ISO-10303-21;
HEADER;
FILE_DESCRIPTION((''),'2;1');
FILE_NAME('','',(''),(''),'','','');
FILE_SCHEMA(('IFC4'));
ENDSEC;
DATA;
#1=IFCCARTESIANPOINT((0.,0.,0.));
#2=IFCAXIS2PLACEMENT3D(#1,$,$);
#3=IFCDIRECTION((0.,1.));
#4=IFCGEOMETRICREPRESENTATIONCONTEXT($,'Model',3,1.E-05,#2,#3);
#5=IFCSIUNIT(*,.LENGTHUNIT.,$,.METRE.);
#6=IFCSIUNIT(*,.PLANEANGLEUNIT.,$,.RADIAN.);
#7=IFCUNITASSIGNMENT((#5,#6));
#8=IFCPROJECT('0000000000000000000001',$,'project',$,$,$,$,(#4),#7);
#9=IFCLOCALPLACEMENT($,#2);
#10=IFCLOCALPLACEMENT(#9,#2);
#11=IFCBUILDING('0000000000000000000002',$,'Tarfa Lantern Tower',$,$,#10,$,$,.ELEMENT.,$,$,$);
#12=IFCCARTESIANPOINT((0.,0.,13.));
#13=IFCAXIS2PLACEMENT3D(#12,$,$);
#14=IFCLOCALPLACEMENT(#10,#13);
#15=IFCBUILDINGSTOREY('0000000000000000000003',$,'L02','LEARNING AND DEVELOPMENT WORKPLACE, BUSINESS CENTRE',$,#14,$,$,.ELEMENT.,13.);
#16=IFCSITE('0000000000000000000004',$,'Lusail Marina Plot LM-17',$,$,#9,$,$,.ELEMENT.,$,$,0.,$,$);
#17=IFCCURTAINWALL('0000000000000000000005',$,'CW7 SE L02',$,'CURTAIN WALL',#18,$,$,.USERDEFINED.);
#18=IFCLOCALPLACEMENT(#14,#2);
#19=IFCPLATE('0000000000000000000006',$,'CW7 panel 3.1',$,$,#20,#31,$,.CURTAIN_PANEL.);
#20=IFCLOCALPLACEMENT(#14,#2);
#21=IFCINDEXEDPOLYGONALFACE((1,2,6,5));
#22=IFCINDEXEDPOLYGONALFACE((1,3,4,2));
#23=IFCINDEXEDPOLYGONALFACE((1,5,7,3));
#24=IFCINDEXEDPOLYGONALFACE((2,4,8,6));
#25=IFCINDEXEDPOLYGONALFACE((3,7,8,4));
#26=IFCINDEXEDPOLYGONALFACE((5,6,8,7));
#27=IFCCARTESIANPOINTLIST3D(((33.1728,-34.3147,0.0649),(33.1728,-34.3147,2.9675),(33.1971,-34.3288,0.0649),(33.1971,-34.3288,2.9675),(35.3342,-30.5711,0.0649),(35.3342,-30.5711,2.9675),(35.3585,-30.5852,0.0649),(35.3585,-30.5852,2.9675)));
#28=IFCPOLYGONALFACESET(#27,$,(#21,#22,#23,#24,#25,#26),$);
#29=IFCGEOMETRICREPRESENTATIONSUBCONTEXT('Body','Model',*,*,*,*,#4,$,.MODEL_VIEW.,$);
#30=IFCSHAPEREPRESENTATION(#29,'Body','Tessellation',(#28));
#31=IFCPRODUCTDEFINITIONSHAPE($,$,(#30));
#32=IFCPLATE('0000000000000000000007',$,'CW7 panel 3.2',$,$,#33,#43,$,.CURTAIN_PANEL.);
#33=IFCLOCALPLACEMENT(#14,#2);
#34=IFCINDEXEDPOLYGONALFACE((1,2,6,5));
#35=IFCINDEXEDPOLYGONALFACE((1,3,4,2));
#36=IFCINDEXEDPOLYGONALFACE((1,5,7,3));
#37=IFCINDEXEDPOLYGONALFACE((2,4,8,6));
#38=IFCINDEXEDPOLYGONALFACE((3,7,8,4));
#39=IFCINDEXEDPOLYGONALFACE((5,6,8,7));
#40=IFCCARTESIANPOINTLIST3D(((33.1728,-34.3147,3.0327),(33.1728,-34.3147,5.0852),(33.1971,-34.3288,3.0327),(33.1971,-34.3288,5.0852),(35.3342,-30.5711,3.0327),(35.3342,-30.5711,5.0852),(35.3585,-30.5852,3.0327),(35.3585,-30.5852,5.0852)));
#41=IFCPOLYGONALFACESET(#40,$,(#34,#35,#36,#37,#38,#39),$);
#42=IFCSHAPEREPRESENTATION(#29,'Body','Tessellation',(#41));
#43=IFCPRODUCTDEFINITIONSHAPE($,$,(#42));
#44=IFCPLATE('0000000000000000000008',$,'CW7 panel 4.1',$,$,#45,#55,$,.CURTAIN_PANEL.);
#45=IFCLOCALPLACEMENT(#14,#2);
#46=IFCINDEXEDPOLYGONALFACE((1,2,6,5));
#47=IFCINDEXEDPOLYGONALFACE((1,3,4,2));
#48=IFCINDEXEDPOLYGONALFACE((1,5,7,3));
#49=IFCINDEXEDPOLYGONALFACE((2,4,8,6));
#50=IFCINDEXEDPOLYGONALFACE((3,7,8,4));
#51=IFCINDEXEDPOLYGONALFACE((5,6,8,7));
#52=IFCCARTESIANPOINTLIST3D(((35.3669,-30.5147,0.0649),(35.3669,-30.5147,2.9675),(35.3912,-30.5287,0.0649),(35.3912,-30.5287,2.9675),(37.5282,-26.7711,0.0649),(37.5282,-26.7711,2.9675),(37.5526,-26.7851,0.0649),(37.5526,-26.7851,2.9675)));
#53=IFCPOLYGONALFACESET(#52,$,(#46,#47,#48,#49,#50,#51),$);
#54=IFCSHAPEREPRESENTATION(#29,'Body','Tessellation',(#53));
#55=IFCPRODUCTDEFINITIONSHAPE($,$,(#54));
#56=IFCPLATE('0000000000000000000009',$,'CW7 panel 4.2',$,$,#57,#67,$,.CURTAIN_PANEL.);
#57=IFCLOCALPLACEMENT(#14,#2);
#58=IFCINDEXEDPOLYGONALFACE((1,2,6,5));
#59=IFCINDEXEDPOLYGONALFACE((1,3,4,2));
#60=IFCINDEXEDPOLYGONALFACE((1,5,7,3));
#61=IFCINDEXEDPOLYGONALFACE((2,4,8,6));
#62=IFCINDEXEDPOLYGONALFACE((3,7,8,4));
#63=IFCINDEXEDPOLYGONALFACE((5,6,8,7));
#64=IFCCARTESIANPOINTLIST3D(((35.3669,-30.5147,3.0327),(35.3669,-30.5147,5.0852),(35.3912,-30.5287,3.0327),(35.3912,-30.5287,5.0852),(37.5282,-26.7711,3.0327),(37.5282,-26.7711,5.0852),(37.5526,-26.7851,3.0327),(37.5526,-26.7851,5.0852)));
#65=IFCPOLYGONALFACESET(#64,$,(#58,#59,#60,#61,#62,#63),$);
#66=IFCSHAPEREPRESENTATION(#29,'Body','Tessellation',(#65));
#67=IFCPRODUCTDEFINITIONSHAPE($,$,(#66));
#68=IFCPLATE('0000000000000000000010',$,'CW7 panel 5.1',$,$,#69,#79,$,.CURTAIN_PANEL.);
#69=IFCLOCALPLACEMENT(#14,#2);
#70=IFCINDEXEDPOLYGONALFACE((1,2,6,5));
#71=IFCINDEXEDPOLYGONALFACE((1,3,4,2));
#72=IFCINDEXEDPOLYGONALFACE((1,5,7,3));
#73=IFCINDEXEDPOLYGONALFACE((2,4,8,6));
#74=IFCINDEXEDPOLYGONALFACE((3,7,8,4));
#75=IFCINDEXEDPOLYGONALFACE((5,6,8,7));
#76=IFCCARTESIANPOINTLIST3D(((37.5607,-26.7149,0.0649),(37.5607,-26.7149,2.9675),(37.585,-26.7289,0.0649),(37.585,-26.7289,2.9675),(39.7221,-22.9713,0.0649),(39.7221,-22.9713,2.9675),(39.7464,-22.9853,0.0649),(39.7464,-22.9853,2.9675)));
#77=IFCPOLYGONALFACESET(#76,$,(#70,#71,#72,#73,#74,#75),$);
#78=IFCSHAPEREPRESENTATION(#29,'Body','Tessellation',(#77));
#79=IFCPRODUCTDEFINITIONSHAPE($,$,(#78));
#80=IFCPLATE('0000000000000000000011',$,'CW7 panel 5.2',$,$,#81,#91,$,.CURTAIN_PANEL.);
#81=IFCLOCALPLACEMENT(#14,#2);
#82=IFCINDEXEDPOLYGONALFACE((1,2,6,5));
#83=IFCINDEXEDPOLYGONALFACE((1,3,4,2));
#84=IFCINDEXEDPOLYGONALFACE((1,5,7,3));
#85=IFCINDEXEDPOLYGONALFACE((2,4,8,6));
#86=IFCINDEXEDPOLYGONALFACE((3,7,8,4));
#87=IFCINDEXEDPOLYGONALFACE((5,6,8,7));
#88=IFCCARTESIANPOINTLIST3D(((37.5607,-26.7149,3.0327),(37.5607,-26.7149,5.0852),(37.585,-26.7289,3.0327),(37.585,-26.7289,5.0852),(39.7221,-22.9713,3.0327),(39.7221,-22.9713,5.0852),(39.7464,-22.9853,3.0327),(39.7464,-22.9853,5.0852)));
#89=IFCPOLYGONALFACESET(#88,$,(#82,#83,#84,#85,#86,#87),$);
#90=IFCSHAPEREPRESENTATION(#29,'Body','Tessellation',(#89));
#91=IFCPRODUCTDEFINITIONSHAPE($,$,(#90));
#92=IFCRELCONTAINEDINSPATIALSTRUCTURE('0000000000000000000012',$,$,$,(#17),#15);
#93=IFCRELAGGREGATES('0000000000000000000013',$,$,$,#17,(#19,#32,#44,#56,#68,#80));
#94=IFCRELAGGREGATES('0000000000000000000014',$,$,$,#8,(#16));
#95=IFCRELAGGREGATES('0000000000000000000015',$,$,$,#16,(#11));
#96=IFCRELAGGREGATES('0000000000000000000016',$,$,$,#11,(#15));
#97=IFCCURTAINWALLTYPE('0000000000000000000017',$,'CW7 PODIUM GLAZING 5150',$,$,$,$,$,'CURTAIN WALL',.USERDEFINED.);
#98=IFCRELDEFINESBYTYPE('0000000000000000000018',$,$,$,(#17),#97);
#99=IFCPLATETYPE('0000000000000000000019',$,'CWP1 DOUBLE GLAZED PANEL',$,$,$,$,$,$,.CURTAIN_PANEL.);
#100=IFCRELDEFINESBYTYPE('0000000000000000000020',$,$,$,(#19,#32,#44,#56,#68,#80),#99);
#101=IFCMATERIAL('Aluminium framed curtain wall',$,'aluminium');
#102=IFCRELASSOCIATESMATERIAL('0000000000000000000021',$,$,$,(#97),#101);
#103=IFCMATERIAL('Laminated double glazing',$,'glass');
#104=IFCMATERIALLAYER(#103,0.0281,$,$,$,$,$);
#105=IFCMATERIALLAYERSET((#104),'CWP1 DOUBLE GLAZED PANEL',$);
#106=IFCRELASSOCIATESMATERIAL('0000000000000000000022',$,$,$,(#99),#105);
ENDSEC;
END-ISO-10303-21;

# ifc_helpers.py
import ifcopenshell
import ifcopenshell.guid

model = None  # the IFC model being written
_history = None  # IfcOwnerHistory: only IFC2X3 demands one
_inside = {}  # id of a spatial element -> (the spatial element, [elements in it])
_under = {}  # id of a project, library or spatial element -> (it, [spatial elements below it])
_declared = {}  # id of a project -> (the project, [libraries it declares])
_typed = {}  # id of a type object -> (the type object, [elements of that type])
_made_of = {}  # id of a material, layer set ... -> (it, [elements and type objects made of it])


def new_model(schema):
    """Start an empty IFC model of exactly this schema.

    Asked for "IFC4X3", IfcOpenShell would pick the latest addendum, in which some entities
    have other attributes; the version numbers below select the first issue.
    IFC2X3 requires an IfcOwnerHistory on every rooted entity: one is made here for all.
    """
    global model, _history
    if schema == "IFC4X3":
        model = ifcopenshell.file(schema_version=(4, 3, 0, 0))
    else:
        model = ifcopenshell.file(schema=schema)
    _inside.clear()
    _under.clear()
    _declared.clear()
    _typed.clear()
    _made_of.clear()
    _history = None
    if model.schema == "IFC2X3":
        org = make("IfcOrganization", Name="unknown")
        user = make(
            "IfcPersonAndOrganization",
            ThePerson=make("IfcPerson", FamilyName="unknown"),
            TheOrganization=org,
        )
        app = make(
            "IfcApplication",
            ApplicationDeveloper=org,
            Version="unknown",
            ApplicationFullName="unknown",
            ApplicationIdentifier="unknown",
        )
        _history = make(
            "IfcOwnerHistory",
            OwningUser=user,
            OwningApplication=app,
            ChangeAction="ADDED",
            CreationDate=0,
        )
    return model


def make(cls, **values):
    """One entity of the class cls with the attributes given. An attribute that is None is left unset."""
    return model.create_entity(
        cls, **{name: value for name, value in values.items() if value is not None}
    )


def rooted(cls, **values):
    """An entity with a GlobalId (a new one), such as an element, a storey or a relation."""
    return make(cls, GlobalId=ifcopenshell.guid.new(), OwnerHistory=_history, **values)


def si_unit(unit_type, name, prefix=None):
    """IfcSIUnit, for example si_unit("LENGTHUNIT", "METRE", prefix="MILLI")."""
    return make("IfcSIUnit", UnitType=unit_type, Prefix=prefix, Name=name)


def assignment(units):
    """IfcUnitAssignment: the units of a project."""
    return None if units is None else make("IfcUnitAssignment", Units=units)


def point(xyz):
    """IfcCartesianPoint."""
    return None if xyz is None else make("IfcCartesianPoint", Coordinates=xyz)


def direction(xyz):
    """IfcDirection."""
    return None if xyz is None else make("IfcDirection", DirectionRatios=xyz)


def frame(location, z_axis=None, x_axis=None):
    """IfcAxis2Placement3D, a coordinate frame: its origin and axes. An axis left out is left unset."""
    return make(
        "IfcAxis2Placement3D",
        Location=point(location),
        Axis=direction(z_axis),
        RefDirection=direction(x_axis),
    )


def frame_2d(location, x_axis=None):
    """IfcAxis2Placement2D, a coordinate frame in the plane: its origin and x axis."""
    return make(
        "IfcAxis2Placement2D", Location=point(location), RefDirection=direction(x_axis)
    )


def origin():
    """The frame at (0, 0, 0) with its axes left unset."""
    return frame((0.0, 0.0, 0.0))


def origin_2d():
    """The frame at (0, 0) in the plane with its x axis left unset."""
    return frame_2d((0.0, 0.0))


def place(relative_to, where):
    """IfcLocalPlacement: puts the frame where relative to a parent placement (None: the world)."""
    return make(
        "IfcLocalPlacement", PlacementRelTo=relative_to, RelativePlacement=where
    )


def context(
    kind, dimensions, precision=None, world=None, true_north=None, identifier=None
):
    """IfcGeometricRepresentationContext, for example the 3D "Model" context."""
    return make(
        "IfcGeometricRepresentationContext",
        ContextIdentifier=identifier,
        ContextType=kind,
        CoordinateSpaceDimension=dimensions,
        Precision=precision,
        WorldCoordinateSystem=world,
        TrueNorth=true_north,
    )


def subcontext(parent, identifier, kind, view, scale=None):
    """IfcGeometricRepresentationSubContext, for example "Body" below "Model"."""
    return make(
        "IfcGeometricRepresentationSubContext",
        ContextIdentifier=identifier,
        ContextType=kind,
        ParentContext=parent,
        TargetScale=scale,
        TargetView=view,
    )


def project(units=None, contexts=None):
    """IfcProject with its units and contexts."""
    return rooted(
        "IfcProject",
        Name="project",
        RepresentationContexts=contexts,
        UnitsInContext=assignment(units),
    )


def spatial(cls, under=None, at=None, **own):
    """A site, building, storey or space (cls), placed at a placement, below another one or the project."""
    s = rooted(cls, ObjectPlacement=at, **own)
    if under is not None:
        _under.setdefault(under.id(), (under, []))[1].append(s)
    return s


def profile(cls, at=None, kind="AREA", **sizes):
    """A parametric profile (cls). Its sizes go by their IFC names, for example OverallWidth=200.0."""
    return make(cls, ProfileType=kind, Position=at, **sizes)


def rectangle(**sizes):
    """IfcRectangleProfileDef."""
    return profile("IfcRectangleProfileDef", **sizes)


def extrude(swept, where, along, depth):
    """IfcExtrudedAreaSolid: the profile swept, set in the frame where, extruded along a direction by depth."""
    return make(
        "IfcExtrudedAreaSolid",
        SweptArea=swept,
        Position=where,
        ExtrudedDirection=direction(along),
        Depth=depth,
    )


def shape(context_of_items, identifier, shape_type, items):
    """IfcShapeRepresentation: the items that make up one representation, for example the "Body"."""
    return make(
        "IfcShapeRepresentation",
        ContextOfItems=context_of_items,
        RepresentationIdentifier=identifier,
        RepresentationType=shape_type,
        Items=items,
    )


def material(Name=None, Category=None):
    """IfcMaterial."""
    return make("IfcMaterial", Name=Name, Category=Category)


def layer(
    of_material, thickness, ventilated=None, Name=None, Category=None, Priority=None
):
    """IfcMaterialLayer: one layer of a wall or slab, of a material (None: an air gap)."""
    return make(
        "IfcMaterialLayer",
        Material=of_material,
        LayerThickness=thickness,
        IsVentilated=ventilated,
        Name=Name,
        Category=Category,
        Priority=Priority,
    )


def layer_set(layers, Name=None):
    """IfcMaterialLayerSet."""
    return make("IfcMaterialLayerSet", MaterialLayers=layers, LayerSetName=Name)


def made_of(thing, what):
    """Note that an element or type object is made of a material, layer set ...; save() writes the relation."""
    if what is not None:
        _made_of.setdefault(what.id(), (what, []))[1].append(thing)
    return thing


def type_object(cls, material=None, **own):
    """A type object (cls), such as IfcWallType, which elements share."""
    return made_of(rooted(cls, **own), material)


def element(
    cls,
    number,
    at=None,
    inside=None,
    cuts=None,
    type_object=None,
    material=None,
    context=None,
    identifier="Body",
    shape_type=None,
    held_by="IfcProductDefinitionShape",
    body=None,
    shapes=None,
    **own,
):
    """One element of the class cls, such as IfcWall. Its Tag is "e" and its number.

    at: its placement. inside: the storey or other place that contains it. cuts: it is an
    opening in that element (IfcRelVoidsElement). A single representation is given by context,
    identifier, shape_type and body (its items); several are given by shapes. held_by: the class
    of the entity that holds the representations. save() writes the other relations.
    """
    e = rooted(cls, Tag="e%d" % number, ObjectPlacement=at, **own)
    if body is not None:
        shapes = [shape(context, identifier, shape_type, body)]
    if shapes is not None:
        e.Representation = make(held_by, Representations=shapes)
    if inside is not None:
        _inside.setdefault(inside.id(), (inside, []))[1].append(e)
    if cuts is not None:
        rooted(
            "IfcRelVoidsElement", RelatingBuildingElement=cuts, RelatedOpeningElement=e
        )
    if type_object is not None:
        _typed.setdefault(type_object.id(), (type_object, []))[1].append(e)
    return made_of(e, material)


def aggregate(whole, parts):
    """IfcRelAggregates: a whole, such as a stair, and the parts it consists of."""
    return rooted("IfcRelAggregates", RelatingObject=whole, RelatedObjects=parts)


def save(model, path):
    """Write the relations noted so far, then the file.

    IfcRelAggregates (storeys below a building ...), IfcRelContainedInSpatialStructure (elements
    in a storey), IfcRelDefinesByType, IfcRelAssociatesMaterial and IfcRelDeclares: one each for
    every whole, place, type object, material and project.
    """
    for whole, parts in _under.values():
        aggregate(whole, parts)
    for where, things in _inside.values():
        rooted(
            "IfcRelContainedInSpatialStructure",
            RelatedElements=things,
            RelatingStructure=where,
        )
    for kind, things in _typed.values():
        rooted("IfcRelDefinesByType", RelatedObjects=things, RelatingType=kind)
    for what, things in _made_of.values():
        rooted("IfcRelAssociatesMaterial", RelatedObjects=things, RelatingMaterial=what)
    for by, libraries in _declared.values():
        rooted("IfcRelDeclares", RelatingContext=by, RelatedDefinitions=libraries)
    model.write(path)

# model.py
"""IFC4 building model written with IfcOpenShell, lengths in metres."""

from ifc_helpers import new_model, si_unit, direction, frame, origin, origin_2d, place, context, subcontext, project, spatial, rectangle, extrude, material, layer, layer_set, type_object, element, aggregate, save


model = new_model("IFC4")

# Units and contexts
model_context = context("Model", 3, precision=1e-05, world=origin(), true_north=direction((0.0, 1.0)))
body_context = subcontext(model_context, "Body", "Model", "MODEL_VIEW")
ifc_project = project(units=[si_unit("LENGTHUNIT", "METRE"), si_unit("PLANEANGLEUNIT", "RADIAN")], contexts=[model_context])

# Site, building, storey
site_placement = place(None, origin())
site = spatial("IfcSite", under=ifc_project, at=site_placement, Name="Lusail Marina Plot LM-17", CompositionType="ELEMENT", RefElevation=0.0)
building_placement = place(site_placement, origin())
building = spatial("IfcBuilding", under=site, at=building_placement, Name="Tarfa Lantern Tower", CompositionType="ELEMENT")
storey_placement = place(building_placement, frame((0.0, 0.0, 13.0)))
storey = spatial("IfcBuildingStorey", under=building, at=storey_placement, Name="L02", Description="LEARNING AND DEVELOPMENT WORKPLACE, BUSINESS CENTRE", CompositionType="ELEMENT", Elevation=13.0)

# Shared definitions
ifc_material_1 = material(Name="Aluminium framed curtain wall", Category="aluminium")
curtain_wall_type = type_object("IfcCurtainWallType", Name="CW7 PODIUM GLAZING 5150", ElementType="CURTAIN WALL", PredefinedType="USERDEFINED", material=ifc_material_1)

# Curtain wall
curtain_wall_1_placement = place(storey_placement, origin())
curtain_wall_1 = element("IfcCurtainWall", 1, at=curtain_wall_1_placement, inside=storey, type_object=curtain_wall_type, Name="CW7 SE L02", ObjectType="CURTAIN WALL", PredefinedType="USERDEFINED")

# Plates
ifc_material_2 = material(Name="Laminated double glazing", Category="glass")
ifc_layer = layer(ifc_material_2, 0.0281)
ifc_layer_set = layer_set([ifc_layer], Name="CWP1 DOUBLE GLAZED PANEL")
plate_type = type_object("IfcPlateType", Name="CWP1 DOUBLE GLAZED PANEL", PredefinedType="CURTAIN_PANEL", material=ifc_layer_set)
plate_1_placement = place(storey_placement, frame((34.2656, -32.45, 0.0649), z_axis=(0.0, 0.0, 1.0), x_axis=(0.5, 0.866025, 0.0)))
plate_1 = element("IfcPlate", 2, at=plate_1_placement, type_object=plate_type, Name="CW7 panel 3.1", PredefinedType="CURTAIN_PANEL", context=body_context, shape_type="SweptSolid", body=[
    extrude(rectangle(XDim=4.3228, YDim=0.0281, at=origin_2d()), origin(), (0.0, 0.0, 1.0), 2.9026),
])
plate_2_placement = place(storey_placement, frame((34.2656, -32.45, 3.0327), z_axis=(0.0, 0.0, 1.0), x_axis=(0.5, 0.866025, 0.0)))
plate_2 = element("IfcPlate", 3, at=plate_2_placement, type_object=plate_type, Name="CW7 panel 3.2", PredefinedType="CURTAIN_PANEL", context=body_context, shape_type="SweptSolid", body=[
    extrude(rectangle(XDim=4.3228, YDim=0.0281, at=origin_2d()), origin(), (0.0, 0.0, 1.0), 2.0525),
])
plate_3_placement = place(storey_placement, frame((36.4597, -28.6499, 0.0649), z_axis=(0.0, 0.0, 1.0), x_axis=(0.5, 0.866025, 0.0)))
plate_3 = element("IfcPlate", 4, at=plate_3_placement, type_object=plate_type, Name="CW7 panel 4.1", PredefinedType="CURTAIN_PANEL", context=body_context, shape_type="SweptSolid", body=[
    extrude(rectangle(XDim=4.3228, YDim=0.0281, at=origin_2d()), origin(), (0.0, 0.0, 1.0), 2.9026),
])
plate_4_placement = place(storey_placement, frame((36.4597, -28.6499, 3.0327), z_axis=(0.0, 0.0, 1.0), x_axis=(0.5, 0.866025, 0.0)))
plate_4 = element("IfcPlate", 5, at=plate_4_placement, type_object=plate_type, Name="CW7 panel 4.2", PredefinedType="CURTAIN_PANEL", context=body_context, shape_type="SweptSolid", body=[
    extrude(rectangle(XDim=4.3228, YDim=0.0281, at=origin_2d()), origin(), (0.0, 0.0, 1.0), 2.0525),
])
plate_5_placement = place(storey_placement, frame((38.6536, -24.8501, 0.0649), z_axis=(0.0, 0.0, 1.0), x_axis=(0.5, 0.866025, 0.0)))
plate_5 = element("IfcPlate", 6, at=plate_5_placement, type_object=plate_type, Name="CW7 panel 5.1", PredefinedType="CURTAIN_PANEL", context=body_context, shape_type="SweptSolid", body=[
    extrude(rectangle(XDim=4.3228, YDim=0.0281, at=origin_2d()), origin(), (0.0, 0.0, 1.0), 2.9026),
])
plate_6_placement = place(storey_placement, frame((38.6536, -24.8501, 3.0327), z_axis=(0.0, 0.0, 1.0), x_axis=(0.5, 0.866025, 0.0)))
plate_6 = element("IfcPlate", 7, at=plate_6_placement, type_object=plate_type, Name="CW7 panel 5.2", PredefinedType="CURTAIN_PANEL", context=body_context, shape_type="SweptSolid", body=[
    extrude(rectangle(XDim=4.3228, YDim=0.0281, at=origin_2d()), origin(), (0.0, 0.0, 1.0), 2.0525),
])
aggregate(curtain_wall_1, [plate_1, plate_2, plate_3, plate_4, plate_5, plate_6])

save(model, "model.ifc")
